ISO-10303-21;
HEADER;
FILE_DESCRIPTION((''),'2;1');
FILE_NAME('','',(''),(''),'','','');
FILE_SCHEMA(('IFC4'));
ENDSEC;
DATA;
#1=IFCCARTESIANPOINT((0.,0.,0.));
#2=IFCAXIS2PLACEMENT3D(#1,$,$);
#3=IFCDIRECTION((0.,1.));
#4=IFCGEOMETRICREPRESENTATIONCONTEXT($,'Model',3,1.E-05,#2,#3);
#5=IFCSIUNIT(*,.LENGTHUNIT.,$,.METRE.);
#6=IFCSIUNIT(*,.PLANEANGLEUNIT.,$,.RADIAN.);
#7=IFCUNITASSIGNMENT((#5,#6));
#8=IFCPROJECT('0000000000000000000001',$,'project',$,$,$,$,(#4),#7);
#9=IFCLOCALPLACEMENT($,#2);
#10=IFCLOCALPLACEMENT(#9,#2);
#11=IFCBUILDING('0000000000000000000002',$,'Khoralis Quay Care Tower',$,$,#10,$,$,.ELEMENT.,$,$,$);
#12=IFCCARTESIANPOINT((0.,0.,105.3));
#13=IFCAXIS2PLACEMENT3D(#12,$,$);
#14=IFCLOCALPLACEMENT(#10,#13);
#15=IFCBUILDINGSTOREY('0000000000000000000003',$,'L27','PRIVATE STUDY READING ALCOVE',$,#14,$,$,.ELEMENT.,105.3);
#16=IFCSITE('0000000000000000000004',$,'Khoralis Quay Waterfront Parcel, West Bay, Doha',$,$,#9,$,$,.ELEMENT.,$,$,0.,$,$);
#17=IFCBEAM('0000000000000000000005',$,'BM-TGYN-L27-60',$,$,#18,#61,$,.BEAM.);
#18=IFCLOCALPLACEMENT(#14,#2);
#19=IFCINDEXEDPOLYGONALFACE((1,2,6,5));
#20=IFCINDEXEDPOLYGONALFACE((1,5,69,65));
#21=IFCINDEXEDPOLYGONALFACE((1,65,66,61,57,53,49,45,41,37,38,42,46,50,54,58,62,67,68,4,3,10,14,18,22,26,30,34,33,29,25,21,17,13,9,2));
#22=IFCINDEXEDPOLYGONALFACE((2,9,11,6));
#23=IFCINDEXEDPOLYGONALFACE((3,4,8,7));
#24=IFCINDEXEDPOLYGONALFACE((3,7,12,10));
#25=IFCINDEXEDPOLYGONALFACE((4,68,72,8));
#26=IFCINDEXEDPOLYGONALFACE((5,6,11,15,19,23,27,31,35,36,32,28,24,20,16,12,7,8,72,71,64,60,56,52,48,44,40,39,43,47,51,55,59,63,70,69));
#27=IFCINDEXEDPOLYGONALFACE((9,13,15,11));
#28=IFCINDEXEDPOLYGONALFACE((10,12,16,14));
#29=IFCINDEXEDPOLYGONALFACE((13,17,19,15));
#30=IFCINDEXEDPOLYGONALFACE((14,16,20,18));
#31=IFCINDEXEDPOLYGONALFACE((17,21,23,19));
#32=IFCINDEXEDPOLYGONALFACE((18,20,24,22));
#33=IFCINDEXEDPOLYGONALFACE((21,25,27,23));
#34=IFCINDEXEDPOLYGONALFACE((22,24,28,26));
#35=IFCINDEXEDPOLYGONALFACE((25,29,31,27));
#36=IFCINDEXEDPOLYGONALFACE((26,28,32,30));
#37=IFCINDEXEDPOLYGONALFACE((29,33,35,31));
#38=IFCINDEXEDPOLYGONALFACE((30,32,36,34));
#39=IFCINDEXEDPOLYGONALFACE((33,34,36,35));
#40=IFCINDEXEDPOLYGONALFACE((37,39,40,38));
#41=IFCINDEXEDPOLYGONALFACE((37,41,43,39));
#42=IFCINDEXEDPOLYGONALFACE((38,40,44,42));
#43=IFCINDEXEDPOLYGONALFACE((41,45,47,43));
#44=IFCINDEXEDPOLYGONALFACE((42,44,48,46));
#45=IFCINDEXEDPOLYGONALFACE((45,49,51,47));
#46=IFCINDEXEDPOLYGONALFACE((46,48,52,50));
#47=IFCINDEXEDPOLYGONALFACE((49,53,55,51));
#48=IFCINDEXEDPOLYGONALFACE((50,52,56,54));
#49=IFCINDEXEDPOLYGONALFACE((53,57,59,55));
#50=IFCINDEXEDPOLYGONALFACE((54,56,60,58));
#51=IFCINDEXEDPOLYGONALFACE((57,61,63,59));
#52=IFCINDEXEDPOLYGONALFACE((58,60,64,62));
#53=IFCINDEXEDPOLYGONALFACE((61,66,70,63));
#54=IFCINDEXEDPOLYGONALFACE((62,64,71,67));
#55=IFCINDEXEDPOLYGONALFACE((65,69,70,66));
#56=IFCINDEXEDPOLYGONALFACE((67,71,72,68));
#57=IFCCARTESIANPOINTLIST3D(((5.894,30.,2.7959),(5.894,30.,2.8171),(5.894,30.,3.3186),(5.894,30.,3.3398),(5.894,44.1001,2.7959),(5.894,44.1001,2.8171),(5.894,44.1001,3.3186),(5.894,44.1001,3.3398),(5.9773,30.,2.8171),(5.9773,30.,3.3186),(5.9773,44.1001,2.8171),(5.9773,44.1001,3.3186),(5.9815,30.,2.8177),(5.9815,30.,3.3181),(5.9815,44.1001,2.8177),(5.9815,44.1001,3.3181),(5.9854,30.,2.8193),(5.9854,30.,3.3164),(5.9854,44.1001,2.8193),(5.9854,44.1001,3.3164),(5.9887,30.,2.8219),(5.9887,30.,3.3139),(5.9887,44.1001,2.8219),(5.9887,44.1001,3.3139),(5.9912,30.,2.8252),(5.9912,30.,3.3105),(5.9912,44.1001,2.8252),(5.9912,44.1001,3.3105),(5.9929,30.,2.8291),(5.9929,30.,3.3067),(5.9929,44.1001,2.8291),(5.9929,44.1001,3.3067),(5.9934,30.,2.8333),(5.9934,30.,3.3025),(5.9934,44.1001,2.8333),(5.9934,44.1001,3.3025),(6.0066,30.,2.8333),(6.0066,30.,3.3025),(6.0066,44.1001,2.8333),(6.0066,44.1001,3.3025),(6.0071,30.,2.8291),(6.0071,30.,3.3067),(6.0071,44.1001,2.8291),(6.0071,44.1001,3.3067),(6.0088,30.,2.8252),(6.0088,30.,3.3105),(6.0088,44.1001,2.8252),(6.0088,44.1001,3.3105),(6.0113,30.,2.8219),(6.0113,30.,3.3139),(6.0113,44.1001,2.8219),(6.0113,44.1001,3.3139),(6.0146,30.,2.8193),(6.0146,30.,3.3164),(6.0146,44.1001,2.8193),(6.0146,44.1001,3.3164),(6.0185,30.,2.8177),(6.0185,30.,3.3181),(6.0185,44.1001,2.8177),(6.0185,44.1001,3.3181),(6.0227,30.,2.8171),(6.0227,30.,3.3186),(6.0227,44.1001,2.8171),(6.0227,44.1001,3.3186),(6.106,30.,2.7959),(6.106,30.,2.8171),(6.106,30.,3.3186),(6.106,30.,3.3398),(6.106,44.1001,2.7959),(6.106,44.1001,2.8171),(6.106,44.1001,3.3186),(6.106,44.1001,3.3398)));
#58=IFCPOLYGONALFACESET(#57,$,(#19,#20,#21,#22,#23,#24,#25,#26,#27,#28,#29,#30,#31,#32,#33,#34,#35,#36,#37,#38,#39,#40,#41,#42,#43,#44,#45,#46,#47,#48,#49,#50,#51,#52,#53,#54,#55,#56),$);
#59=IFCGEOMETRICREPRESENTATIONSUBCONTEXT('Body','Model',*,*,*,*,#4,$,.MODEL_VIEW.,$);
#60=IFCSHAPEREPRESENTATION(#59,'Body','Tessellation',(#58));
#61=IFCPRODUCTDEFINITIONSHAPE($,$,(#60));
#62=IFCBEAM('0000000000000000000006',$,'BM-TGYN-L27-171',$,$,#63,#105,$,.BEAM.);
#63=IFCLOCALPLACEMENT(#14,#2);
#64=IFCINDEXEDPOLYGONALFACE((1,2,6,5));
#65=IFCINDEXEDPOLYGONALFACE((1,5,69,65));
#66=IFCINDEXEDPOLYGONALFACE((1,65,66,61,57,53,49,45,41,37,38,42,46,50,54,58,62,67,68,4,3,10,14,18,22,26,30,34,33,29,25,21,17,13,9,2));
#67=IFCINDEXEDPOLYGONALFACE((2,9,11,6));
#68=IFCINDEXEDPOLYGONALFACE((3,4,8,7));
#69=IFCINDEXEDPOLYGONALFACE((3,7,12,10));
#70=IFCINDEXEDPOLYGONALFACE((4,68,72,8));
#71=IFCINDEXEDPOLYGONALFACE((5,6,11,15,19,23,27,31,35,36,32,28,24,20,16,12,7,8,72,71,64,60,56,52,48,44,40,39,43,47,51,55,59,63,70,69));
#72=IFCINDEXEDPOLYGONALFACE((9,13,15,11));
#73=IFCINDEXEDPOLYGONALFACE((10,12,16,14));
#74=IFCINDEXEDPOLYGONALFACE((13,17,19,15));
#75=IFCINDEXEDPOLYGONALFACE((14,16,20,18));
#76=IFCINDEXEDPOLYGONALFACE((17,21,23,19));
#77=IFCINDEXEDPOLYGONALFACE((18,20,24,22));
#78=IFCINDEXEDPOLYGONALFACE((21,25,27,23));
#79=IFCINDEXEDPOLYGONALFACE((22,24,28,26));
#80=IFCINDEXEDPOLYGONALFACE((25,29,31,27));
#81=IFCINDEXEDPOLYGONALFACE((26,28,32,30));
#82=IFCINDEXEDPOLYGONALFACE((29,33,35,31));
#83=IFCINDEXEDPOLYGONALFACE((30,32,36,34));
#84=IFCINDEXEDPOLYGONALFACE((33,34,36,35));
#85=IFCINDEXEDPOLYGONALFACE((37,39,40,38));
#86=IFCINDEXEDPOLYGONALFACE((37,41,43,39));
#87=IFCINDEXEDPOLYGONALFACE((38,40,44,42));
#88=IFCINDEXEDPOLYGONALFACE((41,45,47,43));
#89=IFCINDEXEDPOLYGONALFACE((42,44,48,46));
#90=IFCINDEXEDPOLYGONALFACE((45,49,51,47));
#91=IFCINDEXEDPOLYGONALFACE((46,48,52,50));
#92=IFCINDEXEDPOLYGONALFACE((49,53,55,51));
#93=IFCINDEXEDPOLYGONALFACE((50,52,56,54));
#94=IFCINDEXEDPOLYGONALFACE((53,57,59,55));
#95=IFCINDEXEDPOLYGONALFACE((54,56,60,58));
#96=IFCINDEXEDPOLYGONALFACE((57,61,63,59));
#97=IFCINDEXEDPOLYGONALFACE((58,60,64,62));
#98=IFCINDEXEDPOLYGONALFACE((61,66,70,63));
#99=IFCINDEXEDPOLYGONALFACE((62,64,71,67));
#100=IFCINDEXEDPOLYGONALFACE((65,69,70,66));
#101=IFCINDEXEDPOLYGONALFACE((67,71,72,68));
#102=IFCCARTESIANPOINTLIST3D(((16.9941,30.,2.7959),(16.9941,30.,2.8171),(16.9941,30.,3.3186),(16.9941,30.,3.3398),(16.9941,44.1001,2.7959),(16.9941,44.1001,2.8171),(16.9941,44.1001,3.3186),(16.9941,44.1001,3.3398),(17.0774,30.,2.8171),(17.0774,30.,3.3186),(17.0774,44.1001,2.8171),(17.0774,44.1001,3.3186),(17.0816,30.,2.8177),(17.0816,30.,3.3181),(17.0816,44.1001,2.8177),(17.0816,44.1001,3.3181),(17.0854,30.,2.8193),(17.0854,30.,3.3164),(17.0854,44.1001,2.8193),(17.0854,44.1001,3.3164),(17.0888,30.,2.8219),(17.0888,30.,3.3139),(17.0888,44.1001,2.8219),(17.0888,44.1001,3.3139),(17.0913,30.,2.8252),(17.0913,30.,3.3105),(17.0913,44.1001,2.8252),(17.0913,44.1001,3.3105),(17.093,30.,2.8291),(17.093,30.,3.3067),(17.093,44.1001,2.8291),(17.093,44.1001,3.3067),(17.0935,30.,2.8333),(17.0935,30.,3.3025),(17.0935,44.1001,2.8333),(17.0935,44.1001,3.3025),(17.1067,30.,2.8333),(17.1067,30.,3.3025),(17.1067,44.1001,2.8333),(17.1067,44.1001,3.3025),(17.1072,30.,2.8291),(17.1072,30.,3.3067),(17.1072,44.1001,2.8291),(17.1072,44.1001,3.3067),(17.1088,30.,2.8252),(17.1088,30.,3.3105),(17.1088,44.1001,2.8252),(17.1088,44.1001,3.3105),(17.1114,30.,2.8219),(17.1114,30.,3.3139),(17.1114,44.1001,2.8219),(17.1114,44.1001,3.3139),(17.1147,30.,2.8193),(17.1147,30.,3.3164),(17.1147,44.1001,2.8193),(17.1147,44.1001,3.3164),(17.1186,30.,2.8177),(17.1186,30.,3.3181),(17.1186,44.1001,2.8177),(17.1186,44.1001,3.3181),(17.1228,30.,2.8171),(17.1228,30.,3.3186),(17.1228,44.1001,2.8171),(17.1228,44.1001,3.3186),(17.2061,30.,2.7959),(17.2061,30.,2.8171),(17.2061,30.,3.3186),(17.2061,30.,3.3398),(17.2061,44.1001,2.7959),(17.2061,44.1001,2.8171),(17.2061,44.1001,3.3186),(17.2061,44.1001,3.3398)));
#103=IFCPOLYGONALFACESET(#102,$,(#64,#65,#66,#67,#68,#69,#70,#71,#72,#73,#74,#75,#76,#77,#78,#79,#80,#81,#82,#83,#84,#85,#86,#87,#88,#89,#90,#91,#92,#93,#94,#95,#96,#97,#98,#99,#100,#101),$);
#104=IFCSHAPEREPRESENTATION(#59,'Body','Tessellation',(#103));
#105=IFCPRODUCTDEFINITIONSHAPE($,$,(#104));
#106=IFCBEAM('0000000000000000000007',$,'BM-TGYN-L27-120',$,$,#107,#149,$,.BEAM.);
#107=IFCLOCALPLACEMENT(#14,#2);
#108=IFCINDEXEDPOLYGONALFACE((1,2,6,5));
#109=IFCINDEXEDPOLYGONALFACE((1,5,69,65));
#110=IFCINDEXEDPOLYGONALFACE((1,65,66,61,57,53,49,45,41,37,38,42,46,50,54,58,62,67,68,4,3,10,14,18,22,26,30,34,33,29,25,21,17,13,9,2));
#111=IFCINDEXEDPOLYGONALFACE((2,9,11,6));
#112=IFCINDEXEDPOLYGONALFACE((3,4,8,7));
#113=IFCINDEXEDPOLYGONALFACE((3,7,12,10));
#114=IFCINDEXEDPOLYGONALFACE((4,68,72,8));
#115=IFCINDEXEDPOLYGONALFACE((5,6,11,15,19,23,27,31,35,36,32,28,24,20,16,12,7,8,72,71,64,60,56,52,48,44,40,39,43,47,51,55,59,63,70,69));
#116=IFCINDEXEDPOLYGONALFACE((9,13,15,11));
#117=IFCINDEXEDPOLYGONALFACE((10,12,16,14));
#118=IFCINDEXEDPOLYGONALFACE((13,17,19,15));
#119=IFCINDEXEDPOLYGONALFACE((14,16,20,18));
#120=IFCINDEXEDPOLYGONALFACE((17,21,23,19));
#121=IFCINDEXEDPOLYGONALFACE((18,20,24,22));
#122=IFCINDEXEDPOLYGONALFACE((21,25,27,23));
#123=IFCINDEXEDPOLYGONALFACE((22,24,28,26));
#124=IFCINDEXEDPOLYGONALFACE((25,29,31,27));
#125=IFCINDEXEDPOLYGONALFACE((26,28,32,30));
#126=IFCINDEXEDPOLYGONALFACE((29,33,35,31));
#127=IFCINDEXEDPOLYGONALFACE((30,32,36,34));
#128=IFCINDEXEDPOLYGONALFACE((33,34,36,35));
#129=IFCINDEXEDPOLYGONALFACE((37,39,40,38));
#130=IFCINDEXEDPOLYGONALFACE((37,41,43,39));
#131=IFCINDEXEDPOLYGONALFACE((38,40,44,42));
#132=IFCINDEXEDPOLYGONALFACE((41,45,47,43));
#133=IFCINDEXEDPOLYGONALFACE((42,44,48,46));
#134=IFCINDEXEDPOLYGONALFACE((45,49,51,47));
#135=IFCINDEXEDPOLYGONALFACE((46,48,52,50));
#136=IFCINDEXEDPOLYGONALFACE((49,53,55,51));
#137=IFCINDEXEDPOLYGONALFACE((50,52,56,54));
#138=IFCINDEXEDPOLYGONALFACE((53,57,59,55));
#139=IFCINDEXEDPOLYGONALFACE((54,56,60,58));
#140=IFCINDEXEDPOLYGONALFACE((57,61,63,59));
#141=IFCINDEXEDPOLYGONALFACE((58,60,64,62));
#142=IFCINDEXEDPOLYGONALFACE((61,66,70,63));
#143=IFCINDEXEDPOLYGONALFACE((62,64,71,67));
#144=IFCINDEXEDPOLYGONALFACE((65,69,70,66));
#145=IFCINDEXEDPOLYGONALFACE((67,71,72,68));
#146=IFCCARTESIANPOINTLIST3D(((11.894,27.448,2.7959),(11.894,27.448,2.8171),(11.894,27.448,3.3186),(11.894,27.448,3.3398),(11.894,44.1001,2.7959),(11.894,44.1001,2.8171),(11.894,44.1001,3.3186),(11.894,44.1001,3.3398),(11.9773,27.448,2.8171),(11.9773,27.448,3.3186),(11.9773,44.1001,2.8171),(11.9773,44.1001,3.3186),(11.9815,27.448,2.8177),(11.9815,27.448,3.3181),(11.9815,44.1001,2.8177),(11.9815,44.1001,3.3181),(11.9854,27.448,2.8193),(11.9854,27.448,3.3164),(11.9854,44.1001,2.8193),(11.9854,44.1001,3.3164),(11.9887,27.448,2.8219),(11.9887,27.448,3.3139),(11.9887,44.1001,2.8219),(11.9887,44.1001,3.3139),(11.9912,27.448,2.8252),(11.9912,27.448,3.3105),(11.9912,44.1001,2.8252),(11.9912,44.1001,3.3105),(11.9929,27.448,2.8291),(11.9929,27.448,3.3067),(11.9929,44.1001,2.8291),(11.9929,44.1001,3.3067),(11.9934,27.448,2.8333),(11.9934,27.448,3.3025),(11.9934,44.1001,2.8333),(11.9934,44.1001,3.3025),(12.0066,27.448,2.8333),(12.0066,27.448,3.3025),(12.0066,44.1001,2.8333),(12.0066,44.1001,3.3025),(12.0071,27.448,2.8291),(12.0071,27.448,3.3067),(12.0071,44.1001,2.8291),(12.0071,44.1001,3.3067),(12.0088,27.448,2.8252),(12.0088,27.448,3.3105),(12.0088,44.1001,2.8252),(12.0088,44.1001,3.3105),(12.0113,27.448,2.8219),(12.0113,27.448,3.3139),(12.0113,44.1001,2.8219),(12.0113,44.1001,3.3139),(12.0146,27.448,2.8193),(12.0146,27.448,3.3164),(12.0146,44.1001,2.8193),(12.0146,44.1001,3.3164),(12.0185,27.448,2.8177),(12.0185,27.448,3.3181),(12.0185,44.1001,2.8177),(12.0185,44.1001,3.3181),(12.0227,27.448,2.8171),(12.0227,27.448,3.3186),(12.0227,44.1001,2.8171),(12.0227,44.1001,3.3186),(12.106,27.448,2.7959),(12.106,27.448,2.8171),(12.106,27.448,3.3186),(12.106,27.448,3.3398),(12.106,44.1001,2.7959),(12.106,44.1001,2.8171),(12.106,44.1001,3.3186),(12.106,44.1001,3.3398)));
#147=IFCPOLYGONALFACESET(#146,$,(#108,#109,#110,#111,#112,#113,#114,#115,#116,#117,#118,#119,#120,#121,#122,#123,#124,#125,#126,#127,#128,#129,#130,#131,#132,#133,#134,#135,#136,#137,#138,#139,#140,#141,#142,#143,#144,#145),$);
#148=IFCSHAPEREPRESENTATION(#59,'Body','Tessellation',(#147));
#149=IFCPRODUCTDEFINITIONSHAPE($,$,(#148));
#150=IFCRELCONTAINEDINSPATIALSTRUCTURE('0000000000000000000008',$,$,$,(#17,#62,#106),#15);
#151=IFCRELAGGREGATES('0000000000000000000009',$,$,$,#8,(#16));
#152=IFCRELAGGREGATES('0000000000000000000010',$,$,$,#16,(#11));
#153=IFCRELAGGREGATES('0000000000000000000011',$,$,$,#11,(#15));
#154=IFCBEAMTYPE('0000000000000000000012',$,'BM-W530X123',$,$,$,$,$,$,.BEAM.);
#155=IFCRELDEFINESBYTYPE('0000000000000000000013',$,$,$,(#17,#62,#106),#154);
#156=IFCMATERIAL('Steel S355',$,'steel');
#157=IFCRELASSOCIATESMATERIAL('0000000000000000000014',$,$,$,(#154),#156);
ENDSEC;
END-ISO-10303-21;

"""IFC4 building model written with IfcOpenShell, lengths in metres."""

from ifc_helpers import new_model, si_unit, direction, frame, origin, origin_2d, place, context, subcontext, project, spatial, i_section, extrude, source, transform, mapped, material, material_profile, profile_set, type_object, element, save


model = new_model("IFC4")

# Units and contexts
model_context = context("Model", 3, precision=1e-05, world=origin(), true_north=direction((0.0, 1.0)))
body_context = subcontext(model_context, "Body", "Model", "MODEL_VIEW")
ifc_project = project(units=[si_unit("LENGTHUNIT", "METRE"), si_unit("PLANEANGLEUNIT", "RADIAN")], contexts=[model_context])

# Site, building, storey
site_placement = place(None, origin())
site = spatial("IfcSite", under=ifc_project, at=site_placement, Name="Khoralis Quay Waterfront Parcel, West Bay, Doha", CompositionType="ELEMENT", RefElevation=0.0)
building_placement = place(site_placement, origin())
building = spatial("IfcBuilding", under=site, at=building_placement, Name="Khoralis Quay Care Tower", CompositionType="ELEMENT")
storey_placement = place(building_placement, frame((0.0, 0.0, 105.3)))
storey = spatial("IfcBuildingStorey", under=building, at=storey_placement, Name="L27", Description="PRIVATE STUDY READING ALCOVE", CompositionType="ELEMENT", Elevation=105.3)

# Beams
ifc_material_1 = material(Name="Steel S355", Category="steel")
ifc_material_profile_1 = material_profile(ifc_material_1, i_section(OverallWidth=0.2119, OverallDepth=0.5439, WebThickness=0.0132, FlangeThickness=0.0212, FilletRadius=0.0161, at=origin_2d()), Name="Steel S355")
ifc_profile_set_1 = profile_set([ifc_material_profile_1], Name="Steel S355")
beam_type_1 = type_object("IfcBeamType", Name="BM-W530X123", PredefinedType="BEAM", material=ifc_profile_set_1)
shared_shape_1 = source(origin(), body_context, "Body", "SweptSolid", [
    extrude(i_section(OverallWidth=0.2119, OverallDepth=0.5439, WebThickness=0.0132, FlangeThickness=0.0212, FilletRadius=0.0161, at=origin_2d()), origin(), (0.0, 0.0, 1.0), 14.1001),
])
for number, where, z_axis, x_axis, name in (
    (1, (6.0, 30.0, 3.0679), (0.0, 1.0, 0.0), (-1.0, 0.0, 0.0), "BM-TGYN-L27-60"),
    (2, (17.1001, 30.0, 3.0679), (0.0, 1.0, 0.0), (-1.0, 0.0, 0.0), "BM-TGYN-L27-171"),
):
    element("IfcBeam", number, at=place(storey_placement, frame(where, z_axis=z_axis, x_axis=x_axis)), inside=storey, type_object=beam_type_1, Name=name, PredefinedType="BEAM", context=body_context, shape_type="MappedRepresentation", body=[
        mapped(shared_shape_1, transform((0.0, 0.0, 0.0), scale=1.0)),
    ])
shared_shape_2 = source(origin(), body_context, "Body", "SweptSolid", [
    extrude(i_section(OverallWidth=0.2119, OverallDepth=0.5439, WebThickness=0.0132, FlangeThickness=0.0212, FilletRadius=0.0161, at=origin_2d()), origin(), (0.0, 0.0, 1.0), 16.6521),
])
beam_1_placement = place(storey_placement, frame((12.0, 27.448, 3.0679), z_axis=(0.0, 1.0, 0.0), x_axis=(-1.0, 0.0, 0.0)))
element("IfcBeam", 3, at=beam_1_placement, inside=storey, type_object=beam_type_1, Name="BM-TGYN-L27-120", PredefinedType="BEAM", context=body_context, shape_type="MappedRepresentation", body=[
    mapped(shared_shape_2, transform((0.0, 0.0, 0.0), scale=1.0)),
])

save(model, "model.ifc")
